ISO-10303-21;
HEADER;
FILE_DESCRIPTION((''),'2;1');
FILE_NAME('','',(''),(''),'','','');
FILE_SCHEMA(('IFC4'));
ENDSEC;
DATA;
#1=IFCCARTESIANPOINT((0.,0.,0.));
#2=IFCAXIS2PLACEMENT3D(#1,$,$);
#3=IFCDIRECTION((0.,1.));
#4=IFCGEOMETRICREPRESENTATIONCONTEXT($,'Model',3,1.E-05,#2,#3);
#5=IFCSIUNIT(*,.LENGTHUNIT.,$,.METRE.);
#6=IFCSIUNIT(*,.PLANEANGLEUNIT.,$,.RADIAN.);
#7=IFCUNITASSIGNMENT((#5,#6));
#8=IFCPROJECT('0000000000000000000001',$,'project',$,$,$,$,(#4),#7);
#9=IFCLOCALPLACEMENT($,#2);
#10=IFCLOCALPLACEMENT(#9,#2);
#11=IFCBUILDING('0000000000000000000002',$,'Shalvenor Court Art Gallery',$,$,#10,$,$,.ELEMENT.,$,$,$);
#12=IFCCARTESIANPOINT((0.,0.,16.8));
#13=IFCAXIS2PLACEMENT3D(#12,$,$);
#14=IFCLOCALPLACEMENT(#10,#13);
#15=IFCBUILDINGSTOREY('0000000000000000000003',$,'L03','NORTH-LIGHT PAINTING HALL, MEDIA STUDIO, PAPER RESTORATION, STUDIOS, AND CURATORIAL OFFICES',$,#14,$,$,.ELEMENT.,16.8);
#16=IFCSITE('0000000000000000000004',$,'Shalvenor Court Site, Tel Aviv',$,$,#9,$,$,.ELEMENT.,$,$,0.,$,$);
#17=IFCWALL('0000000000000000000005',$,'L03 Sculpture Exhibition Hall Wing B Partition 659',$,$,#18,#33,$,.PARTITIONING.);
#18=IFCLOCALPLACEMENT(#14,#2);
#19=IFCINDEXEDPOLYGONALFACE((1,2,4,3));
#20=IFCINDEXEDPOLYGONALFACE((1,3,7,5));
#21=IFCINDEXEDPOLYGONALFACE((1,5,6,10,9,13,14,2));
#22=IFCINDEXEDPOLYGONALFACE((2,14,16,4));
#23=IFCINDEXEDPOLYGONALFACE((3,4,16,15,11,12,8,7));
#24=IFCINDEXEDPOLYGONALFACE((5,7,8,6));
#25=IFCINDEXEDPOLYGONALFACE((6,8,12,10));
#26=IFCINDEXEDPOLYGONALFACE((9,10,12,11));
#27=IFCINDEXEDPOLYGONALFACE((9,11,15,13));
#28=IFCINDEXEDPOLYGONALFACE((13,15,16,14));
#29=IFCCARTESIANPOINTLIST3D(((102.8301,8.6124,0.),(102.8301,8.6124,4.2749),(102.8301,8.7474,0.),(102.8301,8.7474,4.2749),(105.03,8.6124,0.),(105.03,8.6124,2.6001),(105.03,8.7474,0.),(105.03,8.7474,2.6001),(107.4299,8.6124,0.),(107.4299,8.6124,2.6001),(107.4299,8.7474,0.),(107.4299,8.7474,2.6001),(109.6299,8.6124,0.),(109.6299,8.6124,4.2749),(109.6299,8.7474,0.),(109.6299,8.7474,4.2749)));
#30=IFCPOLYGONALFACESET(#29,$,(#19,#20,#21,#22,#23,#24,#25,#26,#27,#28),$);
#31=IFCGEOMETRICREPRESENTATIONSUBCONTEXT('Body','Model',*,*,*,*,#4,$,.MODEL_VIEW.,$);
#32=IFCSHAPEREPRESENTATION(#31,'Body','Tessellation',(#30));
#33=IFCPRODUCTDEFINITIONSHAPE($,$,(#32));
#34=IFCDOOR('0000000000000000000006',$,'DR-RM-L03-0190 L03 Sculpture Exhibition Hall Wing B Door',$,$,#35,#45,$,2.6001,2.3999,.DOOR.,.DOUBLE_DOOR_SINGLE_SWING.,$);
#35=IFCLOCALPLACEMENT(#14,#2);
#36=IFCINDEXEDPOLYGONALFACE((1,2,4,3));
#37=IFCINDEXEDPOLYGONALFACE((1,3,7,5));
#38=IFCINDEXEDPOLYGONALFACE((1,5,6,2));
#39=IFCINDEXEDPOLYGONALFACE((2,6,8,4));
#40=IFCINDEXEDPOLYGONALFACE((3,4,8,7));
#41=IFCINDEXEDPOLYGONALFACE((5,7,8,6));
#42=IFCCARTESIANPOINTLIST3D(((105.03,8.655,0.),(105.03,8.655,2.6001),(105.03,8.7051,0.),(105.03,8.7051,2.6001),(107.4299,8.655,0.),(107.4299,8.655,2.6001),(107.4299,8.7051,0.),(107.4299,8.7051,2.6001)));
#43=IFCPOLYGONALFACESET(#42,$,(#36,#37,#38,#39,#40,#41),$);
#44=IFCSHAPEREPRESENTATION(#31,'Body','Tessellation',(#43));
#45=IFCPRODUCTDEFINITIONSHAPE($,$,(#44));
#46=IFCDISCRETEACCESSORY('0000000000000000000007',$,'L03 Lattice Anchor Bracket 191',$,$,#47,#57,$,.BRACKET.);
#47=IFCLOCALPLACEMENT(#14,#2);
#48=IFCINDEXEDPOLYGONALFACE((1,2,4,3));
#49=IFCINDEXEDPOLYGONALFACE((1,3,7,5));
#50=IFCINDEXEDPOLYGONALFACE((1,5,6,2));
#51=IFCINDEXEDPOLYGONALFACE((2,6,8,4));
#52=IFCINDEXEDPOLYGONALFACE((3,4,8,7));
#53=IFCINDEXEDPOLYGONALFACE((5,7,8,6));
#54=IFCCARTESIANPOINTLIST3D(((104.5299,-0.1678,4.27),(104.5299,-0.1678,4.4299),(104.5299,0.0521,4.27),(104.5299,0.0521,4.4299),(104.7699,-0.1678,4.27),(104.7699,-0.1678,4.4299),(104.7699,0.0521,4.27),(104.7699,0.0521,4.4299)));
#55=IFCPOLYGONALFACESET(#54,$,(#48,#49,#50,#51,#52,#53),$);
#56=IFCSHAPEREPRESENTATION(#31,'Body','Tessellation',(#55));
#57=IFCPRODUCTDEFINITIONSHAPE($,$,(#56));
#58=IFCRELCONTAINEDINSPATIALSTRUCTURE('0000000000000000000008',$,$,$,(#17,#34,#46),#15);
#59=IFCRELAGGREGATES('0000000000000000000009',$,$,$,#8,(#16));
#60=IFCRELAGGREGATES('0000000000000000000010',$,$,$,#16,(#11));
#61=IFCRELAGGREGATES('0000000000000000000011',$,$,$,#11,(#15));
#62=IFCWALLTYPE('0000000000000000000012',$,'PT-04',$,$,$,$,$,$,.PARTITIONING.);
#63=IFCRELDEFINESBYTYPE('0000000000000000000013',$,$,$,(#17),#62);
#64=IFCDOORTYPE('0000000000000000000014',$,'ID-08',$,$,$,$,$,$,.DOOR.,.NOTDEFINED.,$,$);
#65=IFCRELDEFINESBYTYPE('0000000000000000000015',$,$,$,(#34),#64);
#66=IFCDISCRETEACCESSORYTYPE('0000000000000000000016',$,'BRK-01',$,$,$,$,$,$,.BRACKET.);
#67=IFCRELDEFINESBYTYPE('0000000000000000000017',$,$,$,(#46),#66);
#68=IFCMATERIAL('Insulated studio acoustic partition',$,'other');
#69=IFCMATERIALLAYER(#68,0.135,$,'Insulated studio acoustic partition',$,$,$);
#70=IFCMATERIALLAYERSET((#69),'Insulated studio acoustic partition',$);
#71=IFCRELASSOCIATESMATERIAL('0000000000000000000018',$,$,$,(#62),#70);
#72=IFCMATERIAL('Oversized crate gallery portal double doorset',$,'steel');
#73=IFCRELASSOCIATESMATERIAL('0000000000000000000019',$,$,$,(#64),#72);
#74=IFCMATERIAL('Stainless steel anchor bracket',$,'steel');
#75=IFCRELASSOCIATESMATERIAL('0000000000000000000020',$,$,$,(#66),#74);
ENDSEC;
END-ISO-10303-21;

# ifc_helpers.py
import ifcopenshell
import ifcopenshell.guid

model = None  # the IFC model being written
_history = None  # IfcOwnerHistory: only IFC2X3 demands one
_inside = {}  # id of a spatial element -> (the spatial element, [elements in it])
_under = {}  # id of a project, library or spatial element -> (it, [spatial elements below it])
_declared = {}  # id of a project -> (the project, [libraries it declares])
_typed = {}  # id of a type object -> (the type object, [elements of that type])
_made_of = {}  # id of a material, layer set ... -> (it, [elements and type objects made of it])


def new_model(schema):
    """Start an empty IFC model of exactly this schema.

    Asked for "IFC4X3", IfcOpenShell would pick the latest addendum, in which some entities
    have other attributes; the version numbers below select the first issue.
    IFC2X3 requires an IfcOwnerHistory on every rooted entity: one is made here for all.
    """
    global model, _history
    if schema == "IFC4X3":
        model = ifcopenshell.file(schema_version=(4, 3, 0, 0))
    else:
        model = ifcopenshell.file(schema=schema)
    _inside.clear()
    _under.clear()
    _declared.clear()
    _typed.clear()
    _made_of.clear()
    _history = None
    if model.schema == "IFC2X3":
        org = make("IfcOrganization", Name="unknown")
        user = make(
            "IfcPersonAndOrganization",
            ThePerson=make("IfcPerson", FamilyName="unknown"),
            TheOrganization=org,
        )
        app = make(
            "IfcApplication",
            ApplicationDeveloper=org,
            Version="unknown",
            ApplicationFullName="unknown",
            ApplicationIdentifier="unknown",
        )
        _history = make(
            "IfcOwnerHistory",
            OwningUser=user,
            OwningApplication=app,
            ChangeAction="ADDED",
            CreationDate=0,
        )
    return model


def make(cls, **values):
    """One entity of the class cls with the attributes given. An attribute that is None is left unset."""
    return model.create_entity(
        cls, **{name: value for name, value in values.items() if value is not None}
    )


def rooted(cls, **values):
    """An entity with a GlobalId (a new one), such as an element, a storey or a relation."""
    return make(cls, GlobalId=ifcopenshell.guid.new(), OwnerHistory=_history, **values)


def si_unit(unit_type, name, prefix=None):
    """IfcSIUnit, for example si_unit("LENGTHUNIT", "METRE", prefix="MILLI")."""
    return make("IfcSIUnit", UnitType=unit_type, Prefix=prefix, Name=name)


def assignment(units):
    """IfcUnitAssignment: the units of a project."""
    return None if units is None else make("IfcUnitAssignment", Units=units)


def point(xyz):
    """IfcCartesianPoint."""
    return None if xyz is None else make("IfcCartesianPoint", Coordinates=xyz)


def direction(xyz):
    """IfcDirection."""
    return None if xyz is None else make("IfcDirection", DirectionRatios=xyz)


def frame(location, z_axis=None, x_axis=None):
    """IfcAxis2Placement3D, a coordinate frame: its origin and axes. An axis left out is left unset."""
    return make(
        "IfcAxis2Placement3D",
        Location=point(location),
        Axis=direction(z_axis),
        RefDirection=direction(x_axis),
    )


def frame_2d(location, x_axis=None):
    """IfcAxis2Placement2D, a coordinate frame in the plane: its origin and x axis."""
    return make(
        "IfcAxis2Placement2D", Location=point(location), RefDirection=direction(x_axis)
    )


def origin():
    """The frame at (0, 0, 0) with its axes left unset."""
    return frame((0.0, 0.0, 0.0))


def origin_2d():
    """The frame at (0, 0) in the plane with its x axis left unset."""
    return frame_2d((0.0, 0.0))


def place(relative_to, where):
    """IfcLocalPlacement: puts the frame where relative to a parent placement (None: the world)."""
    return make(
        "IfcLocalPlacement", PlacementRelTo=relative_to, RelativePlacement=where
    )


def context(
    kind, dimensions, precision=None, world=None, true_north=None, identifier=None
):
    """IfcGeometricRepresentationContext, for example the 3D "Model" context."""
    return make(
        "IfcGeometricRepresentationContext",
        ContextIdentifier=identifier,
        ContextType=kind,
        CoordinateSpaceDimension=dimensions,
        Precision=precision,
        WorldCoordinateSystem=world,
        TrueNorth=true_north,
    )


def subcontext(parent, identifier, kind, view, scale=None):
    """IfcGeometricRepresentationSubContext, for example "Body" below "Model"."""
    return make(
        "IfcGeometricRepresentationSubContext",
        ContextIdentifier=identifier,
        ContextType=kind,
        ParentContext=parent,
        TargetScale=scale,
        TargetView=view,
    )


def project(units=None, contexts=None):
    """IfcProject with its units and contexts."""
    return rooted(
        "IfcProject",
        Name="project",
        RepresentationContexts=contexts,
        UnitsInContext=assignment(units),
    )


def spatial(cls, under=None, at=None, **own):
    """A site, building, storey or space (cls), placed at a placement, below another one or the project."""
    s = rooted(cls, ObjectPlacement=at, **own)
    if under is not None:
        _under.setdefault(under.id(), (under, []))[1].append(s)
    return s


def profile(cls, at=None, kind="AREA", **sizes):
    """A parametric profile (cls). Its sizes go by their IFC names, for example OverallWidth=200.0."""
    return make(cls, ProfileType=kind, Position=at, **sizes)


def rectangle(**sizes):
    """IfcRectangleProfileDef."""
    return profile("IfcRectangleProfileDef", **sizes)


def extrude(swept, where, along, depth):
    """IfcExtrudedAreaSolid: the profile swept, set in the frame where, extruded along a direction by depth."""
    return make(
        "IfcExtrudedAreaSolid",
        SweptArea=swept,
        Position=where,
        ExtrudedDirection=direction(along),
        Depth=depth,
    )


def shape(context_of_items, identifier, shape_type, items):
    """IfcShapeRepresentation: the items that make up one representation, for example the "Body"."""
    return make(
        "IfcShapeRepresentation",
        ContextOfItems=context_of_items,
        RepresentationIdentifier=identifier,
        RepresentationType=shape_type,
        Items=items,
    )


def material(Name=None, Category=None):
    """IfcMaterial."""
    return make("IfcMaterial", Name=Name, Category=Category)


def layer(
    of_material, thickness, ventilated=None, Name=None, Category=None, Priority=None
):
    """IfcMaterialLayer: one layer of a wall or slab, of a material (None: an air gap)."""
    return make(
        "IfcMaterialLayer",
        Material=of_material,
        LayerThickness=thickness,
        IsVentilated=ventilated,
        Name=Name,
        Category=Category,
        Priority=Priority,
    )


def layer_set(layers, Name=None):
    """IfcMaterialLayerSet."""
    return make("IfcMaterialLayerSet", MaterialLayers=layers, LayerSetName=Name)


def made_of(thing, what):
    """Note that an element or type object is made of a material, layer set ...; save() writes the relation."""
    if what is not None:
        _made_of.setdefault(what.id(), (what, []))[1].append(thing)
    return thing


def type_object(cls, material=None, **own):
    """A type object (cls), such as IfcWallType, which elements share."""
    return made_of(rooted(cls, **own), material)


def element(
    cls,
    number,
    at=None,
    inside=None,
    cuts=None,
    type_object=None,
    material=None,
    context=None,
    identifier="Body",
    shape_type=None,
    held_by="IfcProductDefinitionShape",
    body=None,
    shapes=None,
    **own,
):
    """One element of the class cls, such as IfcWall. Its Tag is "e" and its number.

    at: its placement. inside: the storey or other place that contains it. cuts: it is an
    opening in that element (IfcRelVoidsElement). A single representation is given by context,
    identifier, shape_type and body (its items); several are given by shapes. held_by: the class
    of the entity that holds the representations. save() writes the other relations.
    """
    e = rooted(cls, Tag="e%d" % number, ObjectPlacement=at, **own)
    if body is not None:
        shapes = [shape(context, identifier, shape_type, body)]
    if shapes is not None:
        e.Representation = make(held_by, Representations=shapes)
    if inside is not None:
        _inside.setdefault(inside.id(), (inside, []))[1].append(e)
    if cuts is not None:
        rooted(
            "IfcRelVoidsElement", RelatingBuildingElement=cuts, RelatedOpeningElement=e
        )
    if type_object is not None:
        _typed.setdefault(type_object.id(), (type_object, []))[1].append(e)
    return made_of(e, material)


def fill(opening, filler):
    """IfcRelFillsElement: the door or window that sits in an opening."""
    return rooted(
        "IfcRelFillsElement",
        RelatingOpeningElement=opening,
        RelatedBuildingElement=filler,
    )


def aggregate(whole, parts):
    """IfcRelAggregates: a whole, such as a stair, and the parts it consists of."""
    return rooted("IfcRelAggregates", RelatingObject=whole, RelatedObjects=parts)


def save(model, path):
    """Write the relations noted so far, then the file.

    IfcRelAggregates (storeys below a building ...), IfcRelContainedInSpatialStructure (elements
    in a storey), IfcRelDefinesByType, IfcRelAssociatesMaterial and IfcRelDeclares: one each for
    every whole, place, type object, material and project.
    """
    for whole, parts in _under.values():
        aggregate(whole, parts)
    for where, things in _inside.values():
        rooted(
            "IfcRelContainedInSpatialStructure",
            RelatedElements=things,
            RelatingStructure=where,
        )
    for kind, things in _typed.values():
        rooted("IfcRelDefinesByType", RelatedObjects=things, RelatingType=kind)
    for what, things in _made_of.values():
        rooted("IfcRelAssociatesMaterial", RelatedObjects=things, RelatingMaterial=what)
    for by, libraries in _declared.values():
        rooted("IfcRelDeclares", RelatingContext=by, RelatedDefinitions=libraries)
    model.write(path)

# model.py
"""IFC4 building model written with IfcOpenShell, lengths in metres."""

from ifc_helpers import new_model, si_unit, direction, frame, frame_2d, origin, origin_2d, place, context, subcontext, project, spatial, rectangle, extrude, material, layer, layer_set, type_object, element, fill, save


model = new_model("IFC4")

# Units and contexts
model_context = context("Model", 3, precision=1e-05, world=origin(), true_north=direction((0.0, 1.0)))
body_context = subcontext(model_context, "Body", "Model", "MODEL_VIEW")
ifc_project = project(units=[si_unit("LENGTHUNIT", "METRE"), si_unit("PLANEANGLEUNIT", "RADIAN")], contexts=[model_context])

# Site, building, storey
site_placement = place(None, origin())
site = spatial("IfcSite", under=ifc_project, at=site_placement, Name="Shalvenor Court Site, Tel Aviv", CompositionType="ELEMENT", RefElevation=0.0)
building_placement = place(site_placement, origin())
building = spatial("IfcBuilding", under=site, at=building_placement, Name="Shalvenor Court Art Gallery", CompositionType="ELEMENT")
storey_placement = place(building_placement, frame((0.0, 0.0, 16.8)))
storey = spatial("IfcBuildingStorey", under=building, at=storey_placement, Name="L03", Description="NORTH-LIGHT PAINTING HALL, MEDIA STUDIO, PAPER RESTORATION, STUDIOS, AND CURATORIAL OFFICES", CompositionType="ELEMENT", Elevation=16.8)

# Wall, opening, door
ifc_material_1 = material(Name="Insulated studio acoustic partition", Category="other")
ifc_layer_1 = layer(ifc_material_1, 0.135, Name="Insulated studio acoustic partition")
ifc_layer_set_1 = layer_set([ifc_layer_1], Name="Insulated studio acoustic partition")
wall_type_1 = type_object("IfcWallType", Name="PT-04", PredefinedType="PARTITIONING", material=ifc_layer_set_1)
wall_placement = place(storey_placement, frame((109.6299, 8.6799, 0.0), z_axis=(0.0, 0.0, 1.0), x_axis=(-1.0, 0.0, 0.0)))
wall = element("IfcWall", 1, at=wall_placement, inside=storey, type_object=wall_type_1, Name="L03 Sculpture Exhibition Hall Wing B Partition 659", PredefinedType="PARTITIONING", context=body_context, shape_type="SweptSolid", body=[
    extrude(rectangle(XDim=6.7998, YDim=0.135, at=frame_2d((3.3999, 0.0))), origin(), (0.0, 0.0, 1.0), 4.2749),
])
opening_placement = place(wall_placement, frame((2.2, 0.0, 0.0)))
opening = element("IfcOpeningElement", 2, at=opening_placement, cuts=wall, PredefinedType="OPENING", context=body_context, shape_type="SweptSolid", body=[
    extrude(rectangle(XDim=2.3999, YDim=2.6001, at=frame_2d((1.2, 1.3))), frame((0.0, 0.0774, 0.0), z_axis=(0.0, -1.0, 0.0), x_axis=(1.0, 0.0, 0.0)), (0.0, 0.0, 1.0), 0.155),
])
ifc_material_2 = material(Name="Oversized crate gallery portal double doorset", Category="steel")
door_type = type_object("IfcDoorType", Name="ID-08", OperationType="NOTDEFINED", PredefinedType="DOOR", material=ifc_material_2)
door_placement = place(opening_placement, origin())
door = element("IfcDoor", 3, at=door_placement, inside=storey, type_object=door_type, Name="DR-RM-L03-0190 L03 Sculpture Exhibition Hall Wing B Door", OperationType="DOUBLE_DOOR_SINGLE_SWING", OverallHeight=2.6001, OverallWidth=2.3999, PredefinedType="DOOR", context=body_context, shape_type="SweptSolid", body=[
    extrude(rectangle(XDim=2.3999, YDim=2.6001, at=frame_2d((1.2, 1.3))), frame((0.0, 0.0249, 0.0), z_axis=(0.0, -1.0, 0.0), x_axis=(1.0, 0.0, 0.0)), (0.0, 0.0, 1.0), 0.05),
])
fill(opening, door)

# Discrete accessory
ifc_material_3 = material(Name="Stainless steel anchor bracket", Category="steel")
discrete_accessory_type = type_object("IfcDiscreteAccessoryType", Name="BRK-01", PredefinedType="BRACKET", material=ifc_material_3)
discrete_accessory_placement = place(storey_placement, frame((104.6499, -0.0579, 4.27), z_axis=(0.0, 0.0, 1.0), x_axis=(-1.0, 0.0, 0.0)))
element("IfcDiscreteAccessory", 4, at=discrete_accessory_placement, inside=storey, type_object=discrete_accessory_type, Name="L03 Lattice Anchor Bracket 191", PredefinedType="BRACKET", context=body_context, shape_type="SweptSolid", body=[
    extrude(rectangle(XDim=0.24, YDim=0.22, at=origin_2d()), origin(), (0.0, 0.0, 1.0), 0.1599),
])

save(model, "model.ifc")
